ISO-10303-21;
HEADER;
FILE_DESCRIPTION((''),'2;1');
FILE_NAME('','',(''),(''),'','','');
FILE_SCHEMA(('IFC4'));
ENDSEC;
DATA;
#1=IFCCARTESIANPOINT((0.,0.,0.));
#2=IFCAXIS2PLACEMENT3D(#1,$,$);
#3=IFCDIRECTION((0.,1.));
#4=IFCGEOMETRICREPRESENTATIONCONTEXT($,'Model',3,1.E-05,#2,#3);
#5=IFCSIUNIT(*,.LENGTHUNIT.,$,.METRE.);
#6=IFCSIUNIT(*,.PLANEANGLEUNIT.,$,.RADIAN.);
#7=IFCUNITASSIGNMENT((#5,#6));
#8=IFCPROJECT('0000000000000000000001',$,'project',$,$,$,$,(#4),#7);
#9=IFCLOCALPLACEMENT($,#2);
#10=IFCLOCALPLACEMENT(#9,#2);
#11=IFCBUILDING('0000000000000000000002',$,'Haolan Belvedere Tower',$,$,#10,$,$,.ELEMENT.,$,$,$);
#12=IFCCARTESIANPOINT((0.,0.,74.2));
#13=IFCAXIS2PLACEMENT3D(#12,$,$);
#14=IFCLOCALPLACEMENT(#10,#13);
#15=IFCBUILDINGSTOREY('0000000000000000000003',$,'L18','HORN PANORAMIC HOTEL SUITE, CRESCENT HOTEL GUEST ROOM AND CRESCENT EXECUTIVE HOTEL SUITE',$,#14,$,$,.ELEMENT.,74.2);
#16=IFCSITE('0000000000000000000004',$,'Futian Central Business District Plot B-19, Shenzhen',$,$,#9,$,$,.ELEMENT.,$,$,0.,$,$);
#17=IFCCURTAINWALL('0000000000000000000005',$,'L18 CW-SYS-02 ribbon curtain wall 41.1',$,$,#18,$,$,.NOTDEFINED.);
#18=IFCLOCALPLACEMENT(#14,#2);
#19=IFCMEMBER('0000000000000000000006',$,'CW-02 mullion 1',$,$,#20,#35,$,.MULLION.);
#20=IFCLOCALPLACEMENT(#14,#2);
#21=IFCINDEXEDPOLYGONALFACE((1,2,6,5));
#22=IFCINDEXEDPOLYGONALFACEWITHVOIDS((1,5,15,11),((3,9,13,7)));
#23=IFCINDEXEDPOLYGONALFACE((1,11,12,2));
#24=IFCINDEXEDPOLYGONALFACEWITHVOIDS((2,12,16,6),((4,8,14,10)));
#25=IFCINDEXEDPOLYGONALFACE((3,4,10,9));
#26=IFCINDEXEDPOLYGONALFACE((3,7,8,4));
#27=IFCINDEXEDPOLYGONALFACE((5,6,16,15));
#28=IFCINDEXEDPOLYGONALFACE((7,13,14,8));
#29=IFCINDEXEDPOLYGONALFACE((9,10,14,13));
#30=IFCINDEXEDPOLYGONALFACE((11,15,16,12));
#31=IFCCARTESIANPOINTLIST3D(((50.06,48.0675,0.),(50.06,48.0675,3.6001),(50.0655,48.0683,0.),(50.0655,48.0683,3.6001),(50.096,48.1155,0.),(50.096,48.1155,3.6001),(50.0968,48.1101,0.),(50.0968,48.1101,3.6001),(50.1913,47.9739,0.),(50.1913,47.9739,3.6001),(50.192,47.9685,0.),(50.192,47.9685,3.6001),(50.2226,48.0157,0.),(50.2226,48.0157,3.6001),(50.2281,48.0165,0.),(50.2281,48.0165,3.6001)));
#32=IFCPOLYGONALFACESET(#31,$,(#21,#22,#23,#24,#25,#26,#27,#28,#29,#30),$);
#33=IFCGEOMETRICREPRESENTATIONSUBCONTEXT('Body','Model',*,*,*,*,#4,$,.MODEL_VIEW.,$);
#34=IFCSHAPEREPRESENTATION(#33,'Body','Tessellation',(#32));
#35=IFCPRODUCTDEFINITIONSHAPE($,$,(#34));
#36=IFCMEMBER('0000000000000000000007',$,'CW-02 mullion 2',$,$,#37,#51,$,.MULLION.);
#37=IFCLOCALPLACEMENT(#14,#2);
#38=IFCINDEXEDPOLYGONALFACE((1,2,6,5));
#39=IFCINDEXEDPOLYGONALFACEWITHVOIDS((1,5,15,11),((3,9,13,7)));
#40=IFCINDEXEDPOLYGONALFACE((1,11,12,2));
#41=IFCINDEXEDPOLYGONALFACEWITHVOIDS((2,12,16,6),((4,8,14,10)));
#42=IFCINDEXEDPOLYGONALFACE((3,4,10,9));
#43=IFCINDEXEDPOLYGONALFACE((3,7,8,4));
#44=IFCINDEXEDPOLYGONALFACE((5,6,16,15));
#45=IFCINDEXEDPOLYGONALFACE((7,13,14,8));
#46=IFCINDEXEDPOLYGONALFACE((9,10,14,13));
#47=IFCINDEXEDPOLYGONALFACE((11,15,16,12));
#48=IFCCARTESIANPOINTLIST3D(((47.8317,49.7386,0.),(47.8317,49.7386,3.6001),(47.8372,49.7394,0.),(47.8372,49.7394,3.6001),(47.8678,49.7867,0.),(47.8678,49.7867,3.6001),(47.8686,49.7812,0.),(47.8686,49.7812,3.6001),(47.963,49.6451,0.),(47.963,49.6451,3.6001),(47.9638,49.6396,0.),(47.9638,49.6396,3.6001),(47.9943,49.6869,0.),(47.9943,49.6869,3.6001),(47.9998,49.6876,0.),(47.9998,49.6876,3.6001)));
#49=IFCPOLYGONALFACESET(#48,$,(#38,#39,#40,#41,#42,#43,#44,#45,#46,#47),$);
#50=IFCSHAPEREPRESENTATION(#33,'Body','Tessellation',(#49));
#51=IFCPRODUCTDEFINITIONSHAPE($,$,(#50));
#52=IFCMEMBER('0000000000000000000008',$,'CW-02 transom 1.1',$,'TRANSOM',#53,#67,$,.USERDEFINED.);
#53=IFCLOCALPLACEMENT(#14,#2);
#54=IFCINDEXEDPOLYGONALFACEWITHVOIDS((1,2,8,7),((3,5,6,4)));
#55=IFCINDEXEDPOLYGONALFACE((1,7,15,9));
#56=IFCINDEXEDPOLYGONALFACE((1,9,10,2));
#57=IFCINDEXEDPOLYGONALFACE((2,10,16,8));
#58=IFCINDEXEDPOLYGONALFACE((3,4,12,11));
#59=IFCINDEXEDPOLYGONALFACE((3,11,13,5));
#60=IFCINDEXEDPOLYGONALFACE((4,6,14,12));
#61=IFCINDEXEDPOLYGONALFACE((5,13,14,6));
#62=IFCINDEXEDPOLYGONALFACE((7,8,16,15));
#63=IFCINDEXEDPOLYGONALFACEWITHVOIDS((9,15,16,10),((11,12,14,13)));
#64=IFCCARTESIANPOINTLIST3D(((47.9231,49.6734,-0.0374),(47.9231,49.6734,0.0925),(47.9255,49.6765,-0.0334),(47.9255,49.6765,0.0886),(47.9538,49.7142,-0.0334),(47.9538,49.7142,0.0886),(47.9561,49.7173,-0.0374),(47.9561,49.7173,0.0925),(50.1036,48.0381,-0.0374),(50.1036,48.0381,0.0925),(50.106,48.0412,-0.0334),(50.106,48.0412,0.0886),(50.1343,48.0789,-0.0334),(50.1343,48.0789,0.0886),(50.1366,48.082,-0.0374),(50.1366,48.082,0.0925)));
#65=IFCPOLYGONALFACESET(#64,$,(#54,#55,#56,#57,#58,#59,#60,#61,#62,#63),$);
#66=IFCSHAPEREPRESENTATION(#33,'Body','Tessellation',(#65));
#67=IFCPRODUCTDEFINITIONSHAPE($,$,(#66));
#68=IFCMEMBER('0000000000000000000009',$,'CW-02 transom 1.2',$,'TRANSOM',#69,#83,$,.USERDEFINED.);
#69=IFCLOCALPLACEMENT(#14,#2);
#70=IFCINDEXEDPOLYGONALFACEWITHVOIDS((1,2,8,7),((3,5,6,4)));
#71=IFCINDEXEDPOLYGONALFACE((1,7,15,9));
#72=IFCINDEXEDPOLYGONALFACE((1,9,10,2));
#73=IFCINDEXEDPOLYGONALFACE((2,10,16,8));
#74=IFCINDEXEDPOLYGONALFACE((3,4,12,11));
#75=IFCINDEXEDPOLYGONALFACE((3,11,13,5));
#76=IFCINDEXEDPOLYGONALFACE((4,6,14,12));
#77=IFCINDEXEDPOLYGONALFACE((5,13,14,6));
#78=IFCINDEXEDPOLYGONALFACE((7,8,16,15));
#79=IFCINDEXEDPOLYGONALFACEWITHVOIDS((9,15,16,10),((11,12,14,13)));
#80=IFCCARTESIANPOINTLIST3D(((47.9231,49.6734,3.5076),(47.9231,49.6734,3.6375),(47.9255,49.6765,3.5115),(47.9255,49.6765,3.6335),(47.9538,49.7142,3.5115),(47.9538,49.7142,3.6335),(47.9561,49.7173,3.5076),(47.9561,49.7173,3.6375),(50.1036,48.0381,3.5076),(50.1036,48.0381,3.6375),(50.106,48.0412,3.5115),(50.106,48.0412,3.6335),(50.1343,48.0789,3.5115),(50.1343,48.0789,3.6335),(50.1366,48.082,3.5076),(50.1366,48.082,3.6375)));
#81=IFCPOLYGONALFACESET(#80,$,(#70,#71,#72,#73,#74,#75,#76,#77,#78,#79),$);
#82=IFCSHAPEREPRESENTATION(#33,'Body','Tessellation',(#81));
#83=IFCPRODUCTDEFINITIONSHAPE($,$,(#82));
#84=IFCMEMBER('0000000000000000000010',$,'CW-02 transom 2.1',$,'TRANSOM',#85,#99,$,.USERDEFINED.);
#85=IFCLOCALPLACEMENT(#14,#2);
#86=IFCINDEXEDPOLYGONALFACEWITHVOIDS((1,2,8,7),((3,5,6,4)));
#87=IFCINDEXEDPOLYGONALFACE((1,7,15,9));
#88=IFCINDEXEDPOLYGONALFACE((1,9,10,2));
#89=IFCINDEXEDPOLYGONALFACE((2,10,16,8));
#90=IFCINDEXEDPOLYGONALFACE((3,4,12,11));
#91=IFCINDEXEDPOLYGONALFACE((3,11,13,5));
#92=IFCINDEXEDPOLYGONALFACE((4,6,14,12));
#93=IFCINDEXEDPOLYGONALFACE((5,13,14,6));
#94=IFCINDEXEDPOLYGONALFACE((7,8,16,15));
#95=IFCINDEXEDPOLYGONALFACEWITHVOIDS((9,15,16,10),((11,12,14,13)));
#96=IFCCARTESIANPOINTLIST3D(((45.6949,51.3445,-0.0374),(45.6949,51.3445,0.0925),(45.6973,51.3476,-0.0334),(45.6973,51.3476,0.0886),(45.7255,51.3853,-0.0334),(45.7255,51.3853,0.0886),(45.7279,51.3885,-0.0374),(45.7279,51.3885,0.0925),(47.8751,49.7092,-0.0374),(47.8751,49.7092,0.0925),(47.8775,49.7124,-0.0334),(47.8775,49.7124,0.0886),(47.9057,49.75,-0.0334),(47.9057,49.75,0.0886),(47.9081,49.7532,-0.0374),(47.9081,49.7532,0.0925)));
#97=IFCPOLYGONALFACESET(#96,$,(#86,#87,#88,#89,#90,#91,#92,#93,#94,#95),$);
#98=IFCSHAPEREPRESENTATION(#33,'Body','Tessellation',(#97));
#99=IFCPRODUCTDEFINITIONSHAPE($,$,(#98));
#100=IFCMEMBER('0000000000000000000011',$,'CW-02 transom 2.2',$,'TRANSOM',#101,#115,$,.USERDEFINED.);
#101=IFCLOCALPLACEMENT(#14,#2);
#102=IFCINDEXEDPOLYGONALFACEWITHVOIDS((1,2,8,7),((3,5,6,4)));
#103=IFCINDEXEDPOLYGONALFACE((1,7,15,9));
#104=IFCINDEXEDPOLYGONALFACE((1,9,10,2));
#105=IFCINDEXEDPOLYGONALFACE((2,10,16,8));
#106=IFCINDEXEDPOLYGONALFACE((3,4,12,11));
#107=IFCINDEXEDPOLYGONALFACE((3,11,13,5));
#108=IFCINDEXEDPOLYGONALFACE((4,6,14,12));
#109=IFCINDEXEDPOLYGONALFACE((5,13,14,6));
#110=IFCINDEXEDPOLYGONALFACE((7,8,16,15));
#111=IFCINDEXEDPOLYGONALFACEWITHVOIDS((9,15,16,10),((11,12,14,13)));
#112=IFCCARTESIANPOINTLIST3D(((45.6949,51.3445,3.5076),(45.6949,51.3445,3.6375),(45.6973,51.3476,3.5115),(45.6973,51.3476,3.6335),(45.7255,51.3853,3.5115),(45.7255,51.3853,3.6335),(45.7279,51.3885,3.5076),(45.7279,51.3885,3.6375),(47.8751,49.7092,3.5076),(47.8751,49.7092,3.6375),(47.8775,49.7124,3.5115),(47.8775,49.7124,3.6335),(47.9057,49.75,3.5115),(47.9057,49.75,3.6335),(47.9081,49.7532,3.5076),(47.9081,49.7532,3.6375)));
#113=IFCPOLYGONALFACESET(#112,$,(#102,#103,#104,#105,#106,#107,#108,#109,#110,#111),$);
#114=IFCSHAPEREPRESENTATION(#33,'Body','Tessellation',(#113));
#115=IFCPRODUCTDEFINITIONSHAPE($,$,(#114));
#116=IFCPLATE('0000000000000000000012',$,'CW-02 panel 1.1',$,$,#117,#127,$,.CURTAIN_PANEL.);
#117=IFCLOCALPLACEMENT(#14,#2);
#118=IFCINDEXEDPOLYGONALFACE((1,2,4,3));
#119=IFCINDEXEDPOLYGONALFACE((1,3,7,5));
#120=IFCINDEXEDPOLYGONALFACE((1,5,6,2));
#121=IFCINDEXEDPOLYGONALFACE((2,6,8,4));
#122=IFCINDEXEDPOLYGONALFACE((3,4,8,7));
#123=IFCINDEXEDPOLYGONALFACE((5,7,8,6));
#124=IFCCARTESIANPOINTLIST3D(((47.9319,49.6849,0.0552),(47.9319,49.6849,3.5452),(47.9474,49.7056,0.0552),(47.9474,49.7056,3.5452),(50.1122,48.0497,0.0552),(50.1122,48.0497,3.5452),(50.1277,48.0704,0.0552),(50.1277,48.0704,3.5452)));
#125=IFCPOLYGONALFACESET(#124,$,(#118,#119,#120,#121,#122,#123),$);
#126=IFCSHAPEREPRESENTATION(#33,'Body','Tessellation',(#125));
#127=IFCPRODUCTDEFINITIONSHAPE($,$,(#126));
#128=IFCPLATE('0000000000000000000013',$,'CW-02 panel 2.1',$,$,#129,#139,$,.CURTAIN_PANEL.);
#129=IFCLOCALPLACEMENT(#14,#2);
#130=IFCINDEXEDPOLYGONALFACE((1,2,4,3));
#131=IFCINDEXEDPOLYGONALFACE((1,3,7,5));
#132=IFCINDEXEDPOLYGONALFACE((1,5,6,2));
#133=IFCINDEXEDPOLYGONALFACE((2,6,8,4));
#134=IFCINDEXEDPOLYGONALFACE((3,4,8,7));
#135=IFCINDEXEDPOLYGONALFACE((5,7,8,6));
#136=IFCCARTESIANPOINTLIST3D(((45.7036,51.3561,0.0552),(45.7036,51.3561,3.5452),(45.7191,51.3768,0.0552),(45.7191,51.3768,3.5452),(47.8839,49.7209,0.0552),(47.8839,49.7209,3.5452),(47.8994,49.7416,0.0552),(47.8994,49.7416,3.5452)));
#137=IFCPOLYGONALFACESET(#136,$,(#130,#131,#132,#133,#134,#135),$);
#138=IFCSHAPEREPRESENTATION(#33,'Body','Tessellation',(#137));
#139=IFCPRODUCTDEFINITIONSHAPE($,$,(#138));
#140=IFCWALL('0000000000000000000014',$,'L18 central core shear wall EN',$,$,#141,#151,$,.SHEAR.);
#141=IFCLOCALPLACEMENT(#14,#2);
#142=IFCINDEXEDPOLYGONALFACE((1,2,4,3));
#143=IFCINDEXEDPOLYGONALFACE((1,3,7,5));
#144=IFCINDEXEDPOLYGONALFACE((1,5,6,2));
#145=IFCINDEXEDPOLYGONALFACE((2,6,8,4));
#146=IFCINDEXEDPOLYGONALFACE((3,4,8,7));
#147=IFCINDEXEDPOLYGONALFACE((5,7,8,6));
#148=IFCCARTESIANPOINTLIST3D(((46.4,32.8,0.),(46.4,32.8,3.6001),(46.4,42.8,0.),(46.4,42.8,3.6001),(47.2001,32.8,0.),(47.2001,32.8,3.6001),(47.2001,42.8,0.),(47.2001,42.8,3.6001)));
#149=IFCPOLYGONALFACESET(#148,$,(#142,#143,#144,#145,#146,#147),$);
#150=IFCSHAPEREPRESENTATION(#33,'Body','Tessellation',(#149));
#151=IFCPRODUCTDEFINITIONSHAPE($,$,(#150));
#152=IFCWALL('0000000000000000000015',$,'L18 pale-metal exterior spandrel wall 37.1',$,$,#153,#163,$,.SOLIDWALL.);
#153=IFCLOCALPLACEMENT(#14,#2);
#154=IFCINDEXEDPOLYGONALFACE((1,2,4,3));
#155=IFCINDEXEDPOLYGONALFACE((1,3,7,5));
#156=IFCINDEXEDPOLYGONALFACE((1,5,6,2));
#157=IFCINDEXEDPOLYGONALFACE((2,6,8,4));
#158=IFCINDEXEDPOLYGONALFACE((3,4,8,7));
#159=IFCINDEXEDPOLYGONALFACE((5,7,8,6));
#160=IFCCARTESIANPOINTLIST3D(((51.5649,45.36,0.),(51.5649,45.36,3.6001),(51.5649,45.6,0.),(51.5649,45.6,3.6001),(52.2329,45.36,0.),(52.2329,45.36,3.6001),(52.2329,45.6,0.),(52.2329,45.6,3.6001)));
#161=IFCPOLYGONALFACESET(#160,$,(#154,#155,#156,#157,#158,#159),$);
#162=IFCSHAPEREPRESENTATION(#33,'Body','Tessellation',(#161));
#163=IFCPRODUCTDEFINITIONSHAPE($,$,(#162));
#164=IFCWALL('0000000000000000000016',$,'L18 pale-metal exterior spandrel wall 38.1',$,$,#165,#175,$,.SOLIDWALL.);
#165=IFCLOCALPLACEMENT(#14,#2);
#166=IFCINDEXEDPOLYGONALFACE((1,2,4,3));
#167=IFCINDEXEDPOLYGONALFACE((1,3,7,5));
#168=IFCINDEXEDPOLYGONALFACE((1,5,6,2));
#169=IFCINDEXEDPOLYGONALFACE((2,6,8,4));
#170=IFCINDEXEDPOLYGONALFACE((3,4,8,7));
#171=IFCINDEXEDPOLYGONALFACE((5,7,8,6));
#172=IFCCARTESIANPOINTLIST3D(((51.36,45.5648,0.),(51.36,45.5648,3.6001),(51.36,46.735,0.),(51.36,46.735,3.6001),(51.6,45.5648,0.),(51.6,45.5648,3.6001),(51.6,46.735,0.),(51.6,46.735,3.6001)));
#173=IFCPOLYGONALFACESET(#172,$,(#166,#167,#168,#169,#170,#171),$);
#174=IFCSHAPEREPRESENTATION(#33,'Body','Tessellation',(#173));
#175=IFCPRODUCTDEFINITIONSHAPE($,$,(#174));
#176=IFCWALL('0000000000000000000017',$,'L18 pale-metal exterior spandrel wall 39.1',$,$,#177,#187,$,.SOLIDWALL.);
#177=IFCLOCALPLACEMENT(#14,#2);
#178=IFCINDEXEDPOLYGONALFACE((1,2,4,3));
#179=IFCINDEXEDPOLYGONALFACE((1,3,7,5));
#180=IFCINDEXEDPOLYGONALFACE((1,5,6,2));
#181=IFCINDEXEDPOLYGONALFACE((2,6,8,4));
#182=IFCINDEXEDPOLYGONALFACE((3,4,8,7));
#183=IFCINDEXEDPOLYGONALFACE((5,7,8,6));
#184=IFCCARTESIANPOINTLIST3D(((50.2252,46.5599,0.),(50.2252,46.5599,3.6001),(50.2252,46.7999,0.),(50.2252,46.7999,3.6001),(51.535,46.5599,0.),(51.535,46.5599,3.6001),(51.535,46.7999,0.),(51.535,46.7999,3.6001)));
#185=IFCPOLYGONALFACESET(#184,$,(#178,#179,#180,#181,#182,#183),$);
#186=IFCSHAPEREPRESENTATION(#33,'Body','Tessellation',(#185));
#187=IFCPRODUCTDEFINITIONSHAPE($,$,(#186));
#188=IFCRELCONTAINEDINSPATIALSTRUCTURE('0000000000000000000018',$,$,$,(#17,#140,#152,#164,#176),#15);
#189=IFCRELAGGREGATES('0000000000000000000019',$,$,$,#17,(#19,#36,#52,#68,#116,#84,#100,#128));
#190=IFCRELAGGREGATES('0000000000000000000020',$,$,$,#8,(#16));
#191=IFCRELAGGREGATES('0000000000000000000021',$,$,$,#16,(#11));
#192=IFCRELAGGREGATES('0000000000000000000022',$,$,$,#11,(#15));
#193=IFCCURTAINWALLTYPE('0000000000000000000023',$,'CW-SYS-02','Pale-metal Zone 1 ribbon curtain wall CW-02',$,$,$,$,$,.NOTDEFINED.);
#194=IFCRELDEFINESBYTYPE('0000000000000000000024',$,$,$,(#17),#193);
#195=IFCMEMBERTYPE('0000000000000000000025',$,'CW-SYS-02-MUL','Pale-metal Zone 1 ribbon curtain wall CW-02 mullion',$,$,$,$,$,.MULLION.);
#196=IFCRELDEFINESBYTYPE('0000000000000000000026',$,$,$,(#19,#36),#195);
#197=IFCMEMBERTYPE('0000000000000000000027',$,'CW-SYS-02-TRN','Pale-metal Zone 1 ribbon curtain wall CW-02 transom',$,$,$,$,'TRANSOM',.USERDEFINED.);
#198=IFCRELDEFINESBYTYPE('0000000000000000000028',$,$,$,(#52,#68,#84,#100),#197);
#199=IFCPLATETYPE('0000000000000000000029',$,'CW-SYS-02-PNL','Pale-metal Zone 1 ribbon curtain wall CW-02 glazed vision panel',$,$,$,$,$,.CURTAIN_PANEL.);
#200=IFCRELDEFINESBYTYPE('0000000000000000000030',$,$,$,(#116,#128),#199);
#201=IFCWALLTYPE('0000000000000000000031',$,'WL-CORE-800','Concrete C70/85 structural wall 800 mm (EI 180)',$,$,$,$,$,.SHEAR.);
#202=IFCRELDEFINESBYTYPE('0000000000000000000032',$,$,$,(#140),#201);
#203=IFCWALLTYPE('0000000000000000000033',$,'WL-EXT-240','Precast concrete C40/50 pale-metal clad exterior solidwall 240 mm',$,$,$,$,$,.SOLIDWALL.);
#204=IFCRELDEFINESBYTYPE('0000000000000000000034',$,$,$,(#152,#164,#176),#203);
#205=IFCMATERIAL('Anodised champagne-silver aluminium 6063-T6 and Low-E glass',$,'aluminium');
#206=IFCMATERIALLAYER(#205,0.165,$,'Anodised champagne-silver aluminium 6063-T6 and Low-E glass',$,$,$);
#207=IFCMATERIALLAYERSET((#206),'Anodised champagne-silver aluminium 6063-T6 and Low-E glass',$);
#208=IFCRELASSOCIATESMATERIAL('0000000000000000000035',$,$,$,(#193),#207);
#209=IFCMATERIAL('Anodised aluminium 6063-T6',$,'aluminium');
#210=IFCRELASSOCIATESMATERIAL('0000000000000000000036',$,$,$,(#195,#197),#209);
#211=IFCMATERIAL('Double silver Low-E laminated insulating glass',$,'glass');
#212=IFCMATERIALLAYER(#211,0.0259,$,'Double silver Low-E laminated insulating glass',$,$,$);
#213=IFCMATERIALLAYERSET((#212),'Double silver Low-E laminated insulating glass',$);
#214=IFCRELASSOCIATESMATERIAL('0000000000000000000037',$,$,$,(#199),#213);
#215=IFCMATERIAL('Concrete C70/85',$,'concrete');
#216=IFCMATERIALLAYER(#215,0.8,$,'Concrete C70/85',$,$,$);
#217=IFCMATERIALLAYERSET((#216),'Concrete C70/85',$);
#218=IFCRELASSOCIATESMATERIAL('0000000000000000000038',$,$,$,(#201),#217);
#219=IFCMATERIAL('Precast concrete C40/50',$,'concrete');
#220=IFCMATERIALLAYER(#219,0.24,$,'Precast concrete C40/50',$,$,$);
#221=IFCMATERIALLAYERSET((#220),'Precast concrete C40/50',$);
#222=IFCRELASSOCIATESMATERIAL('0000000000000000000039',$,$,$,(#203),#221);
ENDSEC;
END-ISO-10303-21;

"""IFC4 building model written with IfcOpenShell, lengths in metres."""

from ifc_helpers import new_model, si_unit, direction, frame, frame_2d, origin, origin_2d, place, context, subcontext, project, spatial, rectangle, hollow_rectangle, extrude, material, layer, layer_set, material_profile, profile_set, type_object, element, aggregate, save


model = new_model("IFC4")

# Units and contexts
model_context = context("Model", 3, precision=1e-05, world=origin(), true_north=direction((0.0, 1.0)))
body_context = subcontext(model_context, "Body", "Model", "MODEL_VIEW")
ifc_project = project(units=[si_unit("LENGTHUNIT", "METRE"), si_unit("PLANEANGLEUNIT", "RADIAN")], contexts=[model_context])

# Site, building, storey
site_placement = place(None, origin())
site = spatial("IfcSite", under=ifc_project, at=site_placement, Name="Futian Central Business District Plot B-19, Shenzhen", CompositionType="ELEMENT", RefElevation=0.0)
building_placement = place(site_placement, origin())
building = spatial("IfcBuilding", under=site, at=building_placement, Name="Haolan Belvedere Tower", CompositionType="ELEMENT")
storey_placement = place(building_placement, frame((0.0, 0.0, 74.2)))
storey = spatial("IfcBuildingStorey", under=building, at=storey_placement, Name="L18", Description="HORN PANORAMIC HOTEL SUITE, CRESCENT HOTEL GUEST ROOM AND CRESCENT EXECUTIVE HOTEL SUITE", CompositionType="ELEMENT", Elevation=74.2)

# Curtain wall, members, plates
ifc_material_1 = material(Name="Anodised champagne-silver aluminium 6063-T6 and Low-E glass", Category="aluminium")
ifc_layer_1 = layer(ifc_material_1, 0.165, Name="Anodised champagne-silver aluminium 6063-T6 and Low-E glass")
ifc_layer_set_1 = layer_set([ifc_layer_1], Name="Anodised champagne-silver aluminium 6063-T6 and Low-E glass")
curtain_wall_type = type_object("IfcCurtainWallType", Name="CW-SYS-02", Description="Pale-metal Zone 1 ribbon curtain wall CW-02", PredefinedType="NOTDEFINED", material=ifc_layer_set_1)
curtain_wall_placement = place(storey_placement, origin())
curtain_wall = element("IfcCurtainWall", 1, at=curtain_wall_placement, inside=storey, type_object=curtain_wall_type, Name="L18 CW-SYS-02 ribbon curtain wall 41.1", PredefinedType="NOTDEFINED")
ifc_material_2 = material(Name="Anodised aluminium 6063-T6", Category="aluminium")
ifc_material_profile_1 = material_profile(ifc_material_2, hollow_rectangle(XDim=0.0601, YDim=0.165, WallThickness=0.0039, at=origin_2d()), Name="Anodised aluminium 6063-T6")
ifc_profile_set_1 = profile_set([ifc_material_profile_1], Name="Anodised aluminium 6063-T6")
member_type_1 = type_object("IfcMemberType", Name="CW-SYS-02-MUL", Description="Pale-metal Zone 1 ribbon curtain wall CW-02 mullion", PredefinedType="MULLION", material=ifc_profile_set_1)
member_1_placement = place(storey_placement, frame((50.144, 48.042, 0.0), z_axis=(0.0, 0.0, 1.0), x_axis=(-0.599994, -0.800004, 0.0)))
member_1 = element("IfcMember", 2, at=member_1_placement, type_object=member_type_1, Name="CW-02 mullion 1", PredefinedType="MULLION", context=body_context, shape_type="SweptSolid", body=[
    extrude(hollow_rectangle(XDim=0.0601, YDim=0.165, WallThickness=0.0039, at=origin_2d()), origin(), (0.0, 0.0, 1.0), 3.6001),
])
member_2_placement = place(storey_placement, frame((47.9158, 49.7131, 0.0), z_axis=(0.0, 0.0, 1.0), x_axis=(-0.599994, -0.800004, 0.0)))
member_2 = element("IfcMember", 3, at=member_2_placement, type_object=member_type_1, Name="CW-02 mullion 2", PredefinedType="MULLION", context=body_context, shape_type="SweptSolid", body=[
    extrude(hollow_rectangle(XDim=0.0601, YDim=0.165, WallThickness=0.0039, at=origin_2d()), origin(), (0.0, 0.0, 1.0), 3.6001),
])
ifc_material_profile_2 = material_profile(ifc_material_2, hollow_rectangle(XDim=0.0549, YDim=0.1299, WallThickness=0.0039, at=origin_2d()), Name="Anodised aluminium 6063-T6")
ifc_profile_set_2 = profile_set([ifc_material_profile_2], Name="Anodised aluminium 6063-T6")
member_type_2 = type_object("IfcMemberType", Name="CW-SYS-02-TRN", Description="Pale-metal Zone 1 ribbon curtain wall CW-02 transom", ElementType="TRANSOM", PredefinedType="USERDEFINED", material=ifc_profile_set_2)
member_3_placement = place(storey_placement, frame((50.1201, 48.0601, 0.0276), z_axis=(-0.800011, 0.599986, 0.0), x_axis=(-0.599986, -0.800011, 0.0)))
member_3 = element("IfcMember", 4, at=member_3_placement, type_object=member_type_2, Name="CW-02 transom 1.1", ObjectType="TRANSOM", PredefinedType="USERDEFINED", context=body_context, shape_type="SweptSolid", body=[
    extrude(hollow_rectangle(XDim=0.0549, YDim=0.1299, WallThickness=0.0039, at=origin_2d()), origin(), (0.0, 0.0, 1.0), 2.7256),
])
member_4_placement = place(storey_placement, frame((50.1201, 48.0601, 3.5725), z_axis=(-0.800011, 0.599986, 0.0), x_axis=(-0.599986, -0.800011, 0.0)))
member_4 = element("IfcMember", 5, at=member_4_placement, type_object=member_type_2, Name="CW-02 transom 1.2", ObjectType="TRANSOM", PredefinedType="USERDEFINED", context=body_context, shape_type="SweptSolid", body=[
    extrude(hollow_rectangle(XDim=0.0549, YDim=0.1299, WallThickness=0.0039, at=origin_2d()), origin(), (0.0, 0.0, 1.0), 2.7256),
])
member_5_placement = place(storey_placement, frame((47.8916, 49.7312, 0.0276), z_axis=(-0.799978, 0.600029, 0.0), x_axis=(-0.600029, -0.799978, 0.0)))
member_5 = element("IfcMember", 6, at=member_5_placement, type_object=member_type_2, Name="CW-02 transom 2.1", ObjectType="TRANSOM", PredefinedType="USERDEFINED", context=body_context, shape_type="SweptSolid", body=[
    extrude(hollow_rectangle(XDim=0.0549, YDim=0.1299, WallThickness=0.0039, at=origin_2d()), origin(), (0.0, 0.0, 1.0), 2.7253),
])
member_6_placement = place(storey_placement, frame((47.8916, 49.7312, 3.5725), z_axis=(-0.799978, 0.600029, 0.0), x_axis=(-0.600029, -0.799978, 0.0)))
member_6 = element("IfcMember", 7, at=member_6_placement, type_object=member_type_2, Name="CW-02 transom 2.2", ObjectType="TRANSOM", PredefinedType="USERDEFINED", context=body_context, shape_type="SweptSolid", body=[
    extrude(hollow_rectangle(XDim=0.0549, YDim=0.1299, WallThickness=0.0039, at=origin_2d()), origin(), (0.0, 0.0, 1.0), 2.7253),
])
ifc_material_3 = material(Name="Double silver Low-E laminated insulating glass", Category="glass")
ifc_layer_2 = layer(ifc_material_3, 0.0259, Name="Double silver Low-E laminated insulating glass")
ifc_layer_set_2 = layer_set([ifc_layer_2], Name="Double silver Low-E laminated insulating glass")
plate_type = type_object("IfcPlateType", Name="CW-SYS-02-PNL", Description="Pale-metal Zone 1 ribbon curtain wall CW-02 glazed vision panel", PredefinedType="CURTAIN_PANEL", material=ifc_layer_set_2)
plate_1_placement = place(storey_placement, frame((49.0298, 48.8777, 0.0552), z_axis=(0.0, 0.0, 1.0), x_axis=(-0.800004, 0.599994, 0.0)))
plate_1 = element("IfcPlate", 8, at=plate_1_placement, type_object=plate_type, Name="CW-02 panel 1.1", PredefinedType="CURTAIN_PANEL", context=body_context, shape_type="SweptSolid", body=[
    extrude(rectangle(XDim=2.7253, YDim=0.0259, at=origin_2d()), origin(), (0.0, 0.0, 1.0), 3.49),
])
plate_2_placement = place(storey_placement, frame((46.8015, 50.5488, 0.0552), z_axis=(0.0, 0.0, 1.0), x_axis=(-0.800004, 0.599994, 0.0)))
plate_2 = element("IfcPlate", 9, at=plate_2_placement, type_object=plate_type, Name="CW-02 panel 2.1", PredefinedType="CURTAIN_PANEL", context=body_context, shape_type="SweptSolid", body=[
    extrude(rectangle(XDim=2.7253, YDim=0.0259, at=origin_2d()), origin(), (0.0, 0.0, 1.0), 3.49),
])
aggregate(curtain_wall, [member_1, member_2, member_3, member_4, plate_1, member_5, member_6, plate_2])

# Walls
ifc_material_4 = material(Name="Concrete C70/85", Category="concrete")
ifc_layer_3 = layer(ifc_material_4, 0.8, Name="Concrete C70/85")
ifc_layer_set_3 = layer_set([ifc_layer_3], Name="Concrete C70/85")
wall_type_1 = type_object("IfcWallType", Name="WL-CORE-800", Description="Concrete C70/85 structural wall 800 mm (EI 180)", PredefinedType="SHEAR", material=ifc_layer_set_3)
wall_1_placement = place(storey_placement, frame((46.8, 32.8, 0.0), z_axis=(0.0, 0.0, 1.0), x_axis=(0.0, 1.0, 0.0)))
element("IfcWall", 10, at=wall_1_placement, inside=storey, type_object=wall_type_1, Name="L18 central core shear wall EN", PredefinedType="SHEAR", context=body_context, shape_type="SweptSolid", body=[
    extrude(rectangle(XDim=10.0, YDim=0.8, at=frame_2d((5.0, 0.0))), origin(), (0.0, 0.0, 1.0), 3.6001),
])
ifc_material_5 = material(Name="Precast concrete C40/50", Category="concrete")
ifc_layer_4 = layer(ifc_material_5, 0.24, Name="Precast concrete C40/50")
ifc_layer_set_4 = layer_set([ifc_layer_4], Name="Precast concrete C40/50")
wall_type_2 = type_object("IfcWallType", Name="WL-EXT-240", Description="Precast concrete C40/50 pale-metal clad exterior solidwall 240 mm", PredefinedType="SOLIDWALL", material=ifc_layer_set_4)
wall_2_placement = place(storey_placement, frame((52.2329, 45.48, 0.0), z_axis=(0.0, 0.0, 1.0), x_axis=(-1.0, 0.0, 0.0)))
element("IfcWall", 11, at=wall_2_placement, inside=storey, type_object=wall_type_2, Name="L18 pale-metal exterior spandrel wall 37.1", PredefinedType="SOLIDWALL", context=body_context, shape_type="SweptSolid", body=[
    extrude(rectangle(XDim=0.668, YDim=0.24, at=frame_2d((0.334, 0.0))), origin(), (0.0, 0.0, 1.0), 3.6001),
])
wall_3_placement = place(storey_placement, frame((51.48, 45.5649, 0.0), z_axis=(0.0, 0.0, 1.0), x_axis=(0.0, 1.0, 0.0)))
element("IfcWall", 12, at=wall_3_placement, inside=storey, type_object=wall_type_2, Name="L18 pale-metal exterior spandrel wall 38.1", PredefinedType="SOLIDWALL", context=body_context, shape_type="SweptSolid", body=[
    extrude(rectangle(XDim=1.1702, YDim=0.24, at=frame_2d((0.585, 0.0))), origin(), (0.0, 0.0, 1.0), 3.6001),
])
wall_4_placement = place(storey_placement, frame((51.5349, 46.6799, 0.0), z_axis=(0.0, 0.0, 1.0), x_axis=(-1.0, 0.0, 0.0)))
element("IfcWall", 13, at=wall_4_placement, inside=storey, type_object=wall_type_2, Name="L18 pale-metal exterior spandrel wall 39.1", PredefinedType="SOLIDWALL", context=body_context, shape_type="SweptSolid", body=[
    extrude(rectangle(XDim=1.3098, YDim=0.24, at=frame_2d((0.6548, 0.0))), origin(), (0.0, 0.0, 1.0), 3.6001),
])

save(model, "model.ifc")
